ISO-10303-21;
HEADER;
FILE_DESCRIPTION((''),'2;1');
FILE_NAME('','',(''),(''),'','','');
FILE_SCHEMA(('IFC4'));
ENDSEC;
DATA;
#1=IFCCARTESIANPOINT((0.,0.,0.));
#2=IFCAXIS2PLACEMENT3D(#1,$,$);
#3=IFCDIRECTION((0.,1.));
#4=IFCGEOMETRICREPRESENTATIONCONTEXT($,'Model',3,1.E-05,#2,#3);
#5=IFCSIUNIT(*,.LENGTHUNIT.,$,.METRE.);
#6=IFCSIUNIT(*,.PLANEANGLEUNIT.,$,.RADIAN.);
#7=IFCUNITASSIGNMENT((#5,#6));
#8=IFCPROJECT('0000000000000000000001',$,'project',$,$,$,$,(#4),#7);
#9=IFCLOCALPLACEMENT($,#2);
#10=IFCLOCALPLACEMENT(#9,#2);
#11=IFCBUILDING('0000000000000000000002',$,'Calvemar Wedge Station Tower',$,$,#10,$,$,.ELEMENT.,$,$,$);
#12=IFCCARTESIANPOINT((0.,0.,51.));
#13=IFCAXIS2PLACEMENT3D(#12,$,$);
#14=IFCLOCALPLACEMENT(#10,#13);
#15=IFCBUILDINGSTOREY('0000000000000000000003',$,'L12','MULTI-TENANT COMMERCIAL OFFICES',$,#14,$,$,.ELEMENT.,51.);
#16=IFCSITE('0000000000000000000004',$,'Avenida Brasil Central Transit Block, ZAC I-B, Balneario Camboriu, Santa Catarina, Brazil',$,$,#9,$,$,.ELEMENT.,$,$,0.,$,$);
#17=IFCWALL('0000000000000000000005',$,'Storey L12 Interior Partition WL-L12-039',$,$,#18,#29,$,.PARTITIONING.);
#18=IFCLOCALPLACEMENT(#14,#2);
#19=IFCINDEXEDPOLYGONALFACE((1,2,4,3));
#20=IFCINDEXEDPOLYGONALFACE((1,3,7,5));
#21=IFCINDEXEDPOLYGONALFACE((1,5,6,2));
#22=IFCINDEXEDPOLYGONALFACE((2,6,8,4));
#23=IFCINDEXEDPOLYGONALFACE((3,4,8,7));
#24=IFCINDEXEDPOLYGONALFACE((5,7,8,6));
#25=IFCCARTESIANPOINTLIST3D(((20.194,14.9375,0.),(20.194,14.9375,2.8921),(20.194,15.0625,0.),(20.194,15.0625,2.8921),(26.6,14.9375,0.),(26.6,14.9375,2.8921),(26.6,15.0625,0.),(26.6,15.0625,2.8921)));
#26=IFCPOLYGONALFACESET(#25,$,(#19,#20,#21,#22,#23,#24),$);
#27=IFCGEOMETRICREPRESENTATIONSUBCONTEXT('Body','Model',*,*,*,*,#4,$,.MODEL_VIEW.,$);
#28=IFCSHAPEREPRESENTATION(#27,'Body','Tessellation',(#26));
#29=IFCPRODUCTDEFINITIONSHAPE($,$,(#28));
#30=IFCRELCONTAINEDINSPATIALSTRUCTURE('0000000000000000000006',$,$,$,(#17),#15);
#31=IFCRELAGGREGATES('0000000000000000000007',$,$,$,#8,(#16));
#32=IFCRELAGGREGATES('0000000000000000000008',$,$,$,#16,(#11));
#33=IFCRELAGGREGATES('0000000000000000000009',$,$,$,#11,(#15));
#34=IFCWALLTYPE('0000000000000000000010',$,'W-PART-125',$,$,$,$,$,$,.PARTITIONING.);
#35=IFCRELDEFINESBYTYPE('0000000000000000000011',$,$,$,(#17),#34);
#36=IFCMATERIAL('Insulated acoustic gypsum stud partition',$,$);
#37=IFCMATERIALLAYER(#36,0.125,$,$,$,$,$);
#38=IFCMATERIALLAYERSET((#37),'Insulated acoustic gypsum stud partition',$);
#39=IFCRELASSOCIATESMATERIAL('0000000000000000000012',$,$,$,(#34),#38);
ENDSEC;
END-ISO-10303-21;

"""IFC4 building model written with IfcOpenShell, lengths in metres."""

from ifc_helpers import new_model, si_unit, direction, frame, frame_2d, origin, place, context, subcontext, project, spatial, rectangle, extrude, material, layer, layer_set, type_object, element, save


model = new_model("IFC4")

# Units and contexts
model_context = context("Model", 3, precision=1e-05, world=origin(), true_north=direction((0.0, 1.0)))
body_context = subcontext(model_context, "Body", "Model", "MODEL_VIEW")
ifc_project = project(units=[si_unit("LENGTHUNIT", "METRE"), si_unit("PLANEANGLEUNIT", "RADIAN")], contexts=[model_context])

# Site, building, storey
site_placement = place(None, origin())
site = spatial("IfcSite", under=ifc_project, at=site_placement, Name="Avenida Brasil Central Transit Block, ZAC I-B, Balneario Camboriu, Santa Catarina, Brazil", CompositionType="ELEMENT", RefElevation=0.0)
building_placement = place(site_placement, origin())
building = spatial("IfcBuilding", under=site, at=building_placement, Name="Calvemar Wedge Station Tower", CompositionType="ELEMENT")
storey_placement = place(building_placement, frame((0.0, 0.0, 51.0)))
storey = spatial("IfcBuildingStorey", under=building, at=storey_placement, Name="L12", Description="MULTI-TENANT COMMERCIAL OFFICES", CompositionType="ELEMENT", Elevation=51.0)

# Wall
ifc_material_1 = material(Name="Insulated acoustic gypsum stud partition")
ifc_layer_1 = layer(ifc_material_1, 0.125)
ifc_layer_set_1 = layer_set([ifc_layer_1], Name="Insulated acoustic gypsum stud partition")
wall_type_1 = type_object("IfcWallType", Name="W-PART-125", PredefinedType="PARTITIONING", material=ifc_layer_set_1)
for number, where, z_axis, x_axis, name in (
    (1, (26.6001, 15.0, 0.0), (0.0, 0.0, 1.0), (-1.0, 0.0, 0.0), "Storey L12 Interior Partition WL-L12-039"),
):
    element("IfcWall", number, at=place(storey_placement, frame(where, z_axis=z_axis, x_axis=x_axis)), inside=storey, type_object=wall_type_1, Name=name, PredefinedType="PARTITIONING", context=body_context, shape_type="SweptSolid", body=[
        extrude(rectangle(XDim=6.406, YDim=0.125, at=frame_2d((3.2031, 0.0))), origin(), (0.0, 0.0, 1.0), 2.8921),
    ])

save(model, "model.ifc")
